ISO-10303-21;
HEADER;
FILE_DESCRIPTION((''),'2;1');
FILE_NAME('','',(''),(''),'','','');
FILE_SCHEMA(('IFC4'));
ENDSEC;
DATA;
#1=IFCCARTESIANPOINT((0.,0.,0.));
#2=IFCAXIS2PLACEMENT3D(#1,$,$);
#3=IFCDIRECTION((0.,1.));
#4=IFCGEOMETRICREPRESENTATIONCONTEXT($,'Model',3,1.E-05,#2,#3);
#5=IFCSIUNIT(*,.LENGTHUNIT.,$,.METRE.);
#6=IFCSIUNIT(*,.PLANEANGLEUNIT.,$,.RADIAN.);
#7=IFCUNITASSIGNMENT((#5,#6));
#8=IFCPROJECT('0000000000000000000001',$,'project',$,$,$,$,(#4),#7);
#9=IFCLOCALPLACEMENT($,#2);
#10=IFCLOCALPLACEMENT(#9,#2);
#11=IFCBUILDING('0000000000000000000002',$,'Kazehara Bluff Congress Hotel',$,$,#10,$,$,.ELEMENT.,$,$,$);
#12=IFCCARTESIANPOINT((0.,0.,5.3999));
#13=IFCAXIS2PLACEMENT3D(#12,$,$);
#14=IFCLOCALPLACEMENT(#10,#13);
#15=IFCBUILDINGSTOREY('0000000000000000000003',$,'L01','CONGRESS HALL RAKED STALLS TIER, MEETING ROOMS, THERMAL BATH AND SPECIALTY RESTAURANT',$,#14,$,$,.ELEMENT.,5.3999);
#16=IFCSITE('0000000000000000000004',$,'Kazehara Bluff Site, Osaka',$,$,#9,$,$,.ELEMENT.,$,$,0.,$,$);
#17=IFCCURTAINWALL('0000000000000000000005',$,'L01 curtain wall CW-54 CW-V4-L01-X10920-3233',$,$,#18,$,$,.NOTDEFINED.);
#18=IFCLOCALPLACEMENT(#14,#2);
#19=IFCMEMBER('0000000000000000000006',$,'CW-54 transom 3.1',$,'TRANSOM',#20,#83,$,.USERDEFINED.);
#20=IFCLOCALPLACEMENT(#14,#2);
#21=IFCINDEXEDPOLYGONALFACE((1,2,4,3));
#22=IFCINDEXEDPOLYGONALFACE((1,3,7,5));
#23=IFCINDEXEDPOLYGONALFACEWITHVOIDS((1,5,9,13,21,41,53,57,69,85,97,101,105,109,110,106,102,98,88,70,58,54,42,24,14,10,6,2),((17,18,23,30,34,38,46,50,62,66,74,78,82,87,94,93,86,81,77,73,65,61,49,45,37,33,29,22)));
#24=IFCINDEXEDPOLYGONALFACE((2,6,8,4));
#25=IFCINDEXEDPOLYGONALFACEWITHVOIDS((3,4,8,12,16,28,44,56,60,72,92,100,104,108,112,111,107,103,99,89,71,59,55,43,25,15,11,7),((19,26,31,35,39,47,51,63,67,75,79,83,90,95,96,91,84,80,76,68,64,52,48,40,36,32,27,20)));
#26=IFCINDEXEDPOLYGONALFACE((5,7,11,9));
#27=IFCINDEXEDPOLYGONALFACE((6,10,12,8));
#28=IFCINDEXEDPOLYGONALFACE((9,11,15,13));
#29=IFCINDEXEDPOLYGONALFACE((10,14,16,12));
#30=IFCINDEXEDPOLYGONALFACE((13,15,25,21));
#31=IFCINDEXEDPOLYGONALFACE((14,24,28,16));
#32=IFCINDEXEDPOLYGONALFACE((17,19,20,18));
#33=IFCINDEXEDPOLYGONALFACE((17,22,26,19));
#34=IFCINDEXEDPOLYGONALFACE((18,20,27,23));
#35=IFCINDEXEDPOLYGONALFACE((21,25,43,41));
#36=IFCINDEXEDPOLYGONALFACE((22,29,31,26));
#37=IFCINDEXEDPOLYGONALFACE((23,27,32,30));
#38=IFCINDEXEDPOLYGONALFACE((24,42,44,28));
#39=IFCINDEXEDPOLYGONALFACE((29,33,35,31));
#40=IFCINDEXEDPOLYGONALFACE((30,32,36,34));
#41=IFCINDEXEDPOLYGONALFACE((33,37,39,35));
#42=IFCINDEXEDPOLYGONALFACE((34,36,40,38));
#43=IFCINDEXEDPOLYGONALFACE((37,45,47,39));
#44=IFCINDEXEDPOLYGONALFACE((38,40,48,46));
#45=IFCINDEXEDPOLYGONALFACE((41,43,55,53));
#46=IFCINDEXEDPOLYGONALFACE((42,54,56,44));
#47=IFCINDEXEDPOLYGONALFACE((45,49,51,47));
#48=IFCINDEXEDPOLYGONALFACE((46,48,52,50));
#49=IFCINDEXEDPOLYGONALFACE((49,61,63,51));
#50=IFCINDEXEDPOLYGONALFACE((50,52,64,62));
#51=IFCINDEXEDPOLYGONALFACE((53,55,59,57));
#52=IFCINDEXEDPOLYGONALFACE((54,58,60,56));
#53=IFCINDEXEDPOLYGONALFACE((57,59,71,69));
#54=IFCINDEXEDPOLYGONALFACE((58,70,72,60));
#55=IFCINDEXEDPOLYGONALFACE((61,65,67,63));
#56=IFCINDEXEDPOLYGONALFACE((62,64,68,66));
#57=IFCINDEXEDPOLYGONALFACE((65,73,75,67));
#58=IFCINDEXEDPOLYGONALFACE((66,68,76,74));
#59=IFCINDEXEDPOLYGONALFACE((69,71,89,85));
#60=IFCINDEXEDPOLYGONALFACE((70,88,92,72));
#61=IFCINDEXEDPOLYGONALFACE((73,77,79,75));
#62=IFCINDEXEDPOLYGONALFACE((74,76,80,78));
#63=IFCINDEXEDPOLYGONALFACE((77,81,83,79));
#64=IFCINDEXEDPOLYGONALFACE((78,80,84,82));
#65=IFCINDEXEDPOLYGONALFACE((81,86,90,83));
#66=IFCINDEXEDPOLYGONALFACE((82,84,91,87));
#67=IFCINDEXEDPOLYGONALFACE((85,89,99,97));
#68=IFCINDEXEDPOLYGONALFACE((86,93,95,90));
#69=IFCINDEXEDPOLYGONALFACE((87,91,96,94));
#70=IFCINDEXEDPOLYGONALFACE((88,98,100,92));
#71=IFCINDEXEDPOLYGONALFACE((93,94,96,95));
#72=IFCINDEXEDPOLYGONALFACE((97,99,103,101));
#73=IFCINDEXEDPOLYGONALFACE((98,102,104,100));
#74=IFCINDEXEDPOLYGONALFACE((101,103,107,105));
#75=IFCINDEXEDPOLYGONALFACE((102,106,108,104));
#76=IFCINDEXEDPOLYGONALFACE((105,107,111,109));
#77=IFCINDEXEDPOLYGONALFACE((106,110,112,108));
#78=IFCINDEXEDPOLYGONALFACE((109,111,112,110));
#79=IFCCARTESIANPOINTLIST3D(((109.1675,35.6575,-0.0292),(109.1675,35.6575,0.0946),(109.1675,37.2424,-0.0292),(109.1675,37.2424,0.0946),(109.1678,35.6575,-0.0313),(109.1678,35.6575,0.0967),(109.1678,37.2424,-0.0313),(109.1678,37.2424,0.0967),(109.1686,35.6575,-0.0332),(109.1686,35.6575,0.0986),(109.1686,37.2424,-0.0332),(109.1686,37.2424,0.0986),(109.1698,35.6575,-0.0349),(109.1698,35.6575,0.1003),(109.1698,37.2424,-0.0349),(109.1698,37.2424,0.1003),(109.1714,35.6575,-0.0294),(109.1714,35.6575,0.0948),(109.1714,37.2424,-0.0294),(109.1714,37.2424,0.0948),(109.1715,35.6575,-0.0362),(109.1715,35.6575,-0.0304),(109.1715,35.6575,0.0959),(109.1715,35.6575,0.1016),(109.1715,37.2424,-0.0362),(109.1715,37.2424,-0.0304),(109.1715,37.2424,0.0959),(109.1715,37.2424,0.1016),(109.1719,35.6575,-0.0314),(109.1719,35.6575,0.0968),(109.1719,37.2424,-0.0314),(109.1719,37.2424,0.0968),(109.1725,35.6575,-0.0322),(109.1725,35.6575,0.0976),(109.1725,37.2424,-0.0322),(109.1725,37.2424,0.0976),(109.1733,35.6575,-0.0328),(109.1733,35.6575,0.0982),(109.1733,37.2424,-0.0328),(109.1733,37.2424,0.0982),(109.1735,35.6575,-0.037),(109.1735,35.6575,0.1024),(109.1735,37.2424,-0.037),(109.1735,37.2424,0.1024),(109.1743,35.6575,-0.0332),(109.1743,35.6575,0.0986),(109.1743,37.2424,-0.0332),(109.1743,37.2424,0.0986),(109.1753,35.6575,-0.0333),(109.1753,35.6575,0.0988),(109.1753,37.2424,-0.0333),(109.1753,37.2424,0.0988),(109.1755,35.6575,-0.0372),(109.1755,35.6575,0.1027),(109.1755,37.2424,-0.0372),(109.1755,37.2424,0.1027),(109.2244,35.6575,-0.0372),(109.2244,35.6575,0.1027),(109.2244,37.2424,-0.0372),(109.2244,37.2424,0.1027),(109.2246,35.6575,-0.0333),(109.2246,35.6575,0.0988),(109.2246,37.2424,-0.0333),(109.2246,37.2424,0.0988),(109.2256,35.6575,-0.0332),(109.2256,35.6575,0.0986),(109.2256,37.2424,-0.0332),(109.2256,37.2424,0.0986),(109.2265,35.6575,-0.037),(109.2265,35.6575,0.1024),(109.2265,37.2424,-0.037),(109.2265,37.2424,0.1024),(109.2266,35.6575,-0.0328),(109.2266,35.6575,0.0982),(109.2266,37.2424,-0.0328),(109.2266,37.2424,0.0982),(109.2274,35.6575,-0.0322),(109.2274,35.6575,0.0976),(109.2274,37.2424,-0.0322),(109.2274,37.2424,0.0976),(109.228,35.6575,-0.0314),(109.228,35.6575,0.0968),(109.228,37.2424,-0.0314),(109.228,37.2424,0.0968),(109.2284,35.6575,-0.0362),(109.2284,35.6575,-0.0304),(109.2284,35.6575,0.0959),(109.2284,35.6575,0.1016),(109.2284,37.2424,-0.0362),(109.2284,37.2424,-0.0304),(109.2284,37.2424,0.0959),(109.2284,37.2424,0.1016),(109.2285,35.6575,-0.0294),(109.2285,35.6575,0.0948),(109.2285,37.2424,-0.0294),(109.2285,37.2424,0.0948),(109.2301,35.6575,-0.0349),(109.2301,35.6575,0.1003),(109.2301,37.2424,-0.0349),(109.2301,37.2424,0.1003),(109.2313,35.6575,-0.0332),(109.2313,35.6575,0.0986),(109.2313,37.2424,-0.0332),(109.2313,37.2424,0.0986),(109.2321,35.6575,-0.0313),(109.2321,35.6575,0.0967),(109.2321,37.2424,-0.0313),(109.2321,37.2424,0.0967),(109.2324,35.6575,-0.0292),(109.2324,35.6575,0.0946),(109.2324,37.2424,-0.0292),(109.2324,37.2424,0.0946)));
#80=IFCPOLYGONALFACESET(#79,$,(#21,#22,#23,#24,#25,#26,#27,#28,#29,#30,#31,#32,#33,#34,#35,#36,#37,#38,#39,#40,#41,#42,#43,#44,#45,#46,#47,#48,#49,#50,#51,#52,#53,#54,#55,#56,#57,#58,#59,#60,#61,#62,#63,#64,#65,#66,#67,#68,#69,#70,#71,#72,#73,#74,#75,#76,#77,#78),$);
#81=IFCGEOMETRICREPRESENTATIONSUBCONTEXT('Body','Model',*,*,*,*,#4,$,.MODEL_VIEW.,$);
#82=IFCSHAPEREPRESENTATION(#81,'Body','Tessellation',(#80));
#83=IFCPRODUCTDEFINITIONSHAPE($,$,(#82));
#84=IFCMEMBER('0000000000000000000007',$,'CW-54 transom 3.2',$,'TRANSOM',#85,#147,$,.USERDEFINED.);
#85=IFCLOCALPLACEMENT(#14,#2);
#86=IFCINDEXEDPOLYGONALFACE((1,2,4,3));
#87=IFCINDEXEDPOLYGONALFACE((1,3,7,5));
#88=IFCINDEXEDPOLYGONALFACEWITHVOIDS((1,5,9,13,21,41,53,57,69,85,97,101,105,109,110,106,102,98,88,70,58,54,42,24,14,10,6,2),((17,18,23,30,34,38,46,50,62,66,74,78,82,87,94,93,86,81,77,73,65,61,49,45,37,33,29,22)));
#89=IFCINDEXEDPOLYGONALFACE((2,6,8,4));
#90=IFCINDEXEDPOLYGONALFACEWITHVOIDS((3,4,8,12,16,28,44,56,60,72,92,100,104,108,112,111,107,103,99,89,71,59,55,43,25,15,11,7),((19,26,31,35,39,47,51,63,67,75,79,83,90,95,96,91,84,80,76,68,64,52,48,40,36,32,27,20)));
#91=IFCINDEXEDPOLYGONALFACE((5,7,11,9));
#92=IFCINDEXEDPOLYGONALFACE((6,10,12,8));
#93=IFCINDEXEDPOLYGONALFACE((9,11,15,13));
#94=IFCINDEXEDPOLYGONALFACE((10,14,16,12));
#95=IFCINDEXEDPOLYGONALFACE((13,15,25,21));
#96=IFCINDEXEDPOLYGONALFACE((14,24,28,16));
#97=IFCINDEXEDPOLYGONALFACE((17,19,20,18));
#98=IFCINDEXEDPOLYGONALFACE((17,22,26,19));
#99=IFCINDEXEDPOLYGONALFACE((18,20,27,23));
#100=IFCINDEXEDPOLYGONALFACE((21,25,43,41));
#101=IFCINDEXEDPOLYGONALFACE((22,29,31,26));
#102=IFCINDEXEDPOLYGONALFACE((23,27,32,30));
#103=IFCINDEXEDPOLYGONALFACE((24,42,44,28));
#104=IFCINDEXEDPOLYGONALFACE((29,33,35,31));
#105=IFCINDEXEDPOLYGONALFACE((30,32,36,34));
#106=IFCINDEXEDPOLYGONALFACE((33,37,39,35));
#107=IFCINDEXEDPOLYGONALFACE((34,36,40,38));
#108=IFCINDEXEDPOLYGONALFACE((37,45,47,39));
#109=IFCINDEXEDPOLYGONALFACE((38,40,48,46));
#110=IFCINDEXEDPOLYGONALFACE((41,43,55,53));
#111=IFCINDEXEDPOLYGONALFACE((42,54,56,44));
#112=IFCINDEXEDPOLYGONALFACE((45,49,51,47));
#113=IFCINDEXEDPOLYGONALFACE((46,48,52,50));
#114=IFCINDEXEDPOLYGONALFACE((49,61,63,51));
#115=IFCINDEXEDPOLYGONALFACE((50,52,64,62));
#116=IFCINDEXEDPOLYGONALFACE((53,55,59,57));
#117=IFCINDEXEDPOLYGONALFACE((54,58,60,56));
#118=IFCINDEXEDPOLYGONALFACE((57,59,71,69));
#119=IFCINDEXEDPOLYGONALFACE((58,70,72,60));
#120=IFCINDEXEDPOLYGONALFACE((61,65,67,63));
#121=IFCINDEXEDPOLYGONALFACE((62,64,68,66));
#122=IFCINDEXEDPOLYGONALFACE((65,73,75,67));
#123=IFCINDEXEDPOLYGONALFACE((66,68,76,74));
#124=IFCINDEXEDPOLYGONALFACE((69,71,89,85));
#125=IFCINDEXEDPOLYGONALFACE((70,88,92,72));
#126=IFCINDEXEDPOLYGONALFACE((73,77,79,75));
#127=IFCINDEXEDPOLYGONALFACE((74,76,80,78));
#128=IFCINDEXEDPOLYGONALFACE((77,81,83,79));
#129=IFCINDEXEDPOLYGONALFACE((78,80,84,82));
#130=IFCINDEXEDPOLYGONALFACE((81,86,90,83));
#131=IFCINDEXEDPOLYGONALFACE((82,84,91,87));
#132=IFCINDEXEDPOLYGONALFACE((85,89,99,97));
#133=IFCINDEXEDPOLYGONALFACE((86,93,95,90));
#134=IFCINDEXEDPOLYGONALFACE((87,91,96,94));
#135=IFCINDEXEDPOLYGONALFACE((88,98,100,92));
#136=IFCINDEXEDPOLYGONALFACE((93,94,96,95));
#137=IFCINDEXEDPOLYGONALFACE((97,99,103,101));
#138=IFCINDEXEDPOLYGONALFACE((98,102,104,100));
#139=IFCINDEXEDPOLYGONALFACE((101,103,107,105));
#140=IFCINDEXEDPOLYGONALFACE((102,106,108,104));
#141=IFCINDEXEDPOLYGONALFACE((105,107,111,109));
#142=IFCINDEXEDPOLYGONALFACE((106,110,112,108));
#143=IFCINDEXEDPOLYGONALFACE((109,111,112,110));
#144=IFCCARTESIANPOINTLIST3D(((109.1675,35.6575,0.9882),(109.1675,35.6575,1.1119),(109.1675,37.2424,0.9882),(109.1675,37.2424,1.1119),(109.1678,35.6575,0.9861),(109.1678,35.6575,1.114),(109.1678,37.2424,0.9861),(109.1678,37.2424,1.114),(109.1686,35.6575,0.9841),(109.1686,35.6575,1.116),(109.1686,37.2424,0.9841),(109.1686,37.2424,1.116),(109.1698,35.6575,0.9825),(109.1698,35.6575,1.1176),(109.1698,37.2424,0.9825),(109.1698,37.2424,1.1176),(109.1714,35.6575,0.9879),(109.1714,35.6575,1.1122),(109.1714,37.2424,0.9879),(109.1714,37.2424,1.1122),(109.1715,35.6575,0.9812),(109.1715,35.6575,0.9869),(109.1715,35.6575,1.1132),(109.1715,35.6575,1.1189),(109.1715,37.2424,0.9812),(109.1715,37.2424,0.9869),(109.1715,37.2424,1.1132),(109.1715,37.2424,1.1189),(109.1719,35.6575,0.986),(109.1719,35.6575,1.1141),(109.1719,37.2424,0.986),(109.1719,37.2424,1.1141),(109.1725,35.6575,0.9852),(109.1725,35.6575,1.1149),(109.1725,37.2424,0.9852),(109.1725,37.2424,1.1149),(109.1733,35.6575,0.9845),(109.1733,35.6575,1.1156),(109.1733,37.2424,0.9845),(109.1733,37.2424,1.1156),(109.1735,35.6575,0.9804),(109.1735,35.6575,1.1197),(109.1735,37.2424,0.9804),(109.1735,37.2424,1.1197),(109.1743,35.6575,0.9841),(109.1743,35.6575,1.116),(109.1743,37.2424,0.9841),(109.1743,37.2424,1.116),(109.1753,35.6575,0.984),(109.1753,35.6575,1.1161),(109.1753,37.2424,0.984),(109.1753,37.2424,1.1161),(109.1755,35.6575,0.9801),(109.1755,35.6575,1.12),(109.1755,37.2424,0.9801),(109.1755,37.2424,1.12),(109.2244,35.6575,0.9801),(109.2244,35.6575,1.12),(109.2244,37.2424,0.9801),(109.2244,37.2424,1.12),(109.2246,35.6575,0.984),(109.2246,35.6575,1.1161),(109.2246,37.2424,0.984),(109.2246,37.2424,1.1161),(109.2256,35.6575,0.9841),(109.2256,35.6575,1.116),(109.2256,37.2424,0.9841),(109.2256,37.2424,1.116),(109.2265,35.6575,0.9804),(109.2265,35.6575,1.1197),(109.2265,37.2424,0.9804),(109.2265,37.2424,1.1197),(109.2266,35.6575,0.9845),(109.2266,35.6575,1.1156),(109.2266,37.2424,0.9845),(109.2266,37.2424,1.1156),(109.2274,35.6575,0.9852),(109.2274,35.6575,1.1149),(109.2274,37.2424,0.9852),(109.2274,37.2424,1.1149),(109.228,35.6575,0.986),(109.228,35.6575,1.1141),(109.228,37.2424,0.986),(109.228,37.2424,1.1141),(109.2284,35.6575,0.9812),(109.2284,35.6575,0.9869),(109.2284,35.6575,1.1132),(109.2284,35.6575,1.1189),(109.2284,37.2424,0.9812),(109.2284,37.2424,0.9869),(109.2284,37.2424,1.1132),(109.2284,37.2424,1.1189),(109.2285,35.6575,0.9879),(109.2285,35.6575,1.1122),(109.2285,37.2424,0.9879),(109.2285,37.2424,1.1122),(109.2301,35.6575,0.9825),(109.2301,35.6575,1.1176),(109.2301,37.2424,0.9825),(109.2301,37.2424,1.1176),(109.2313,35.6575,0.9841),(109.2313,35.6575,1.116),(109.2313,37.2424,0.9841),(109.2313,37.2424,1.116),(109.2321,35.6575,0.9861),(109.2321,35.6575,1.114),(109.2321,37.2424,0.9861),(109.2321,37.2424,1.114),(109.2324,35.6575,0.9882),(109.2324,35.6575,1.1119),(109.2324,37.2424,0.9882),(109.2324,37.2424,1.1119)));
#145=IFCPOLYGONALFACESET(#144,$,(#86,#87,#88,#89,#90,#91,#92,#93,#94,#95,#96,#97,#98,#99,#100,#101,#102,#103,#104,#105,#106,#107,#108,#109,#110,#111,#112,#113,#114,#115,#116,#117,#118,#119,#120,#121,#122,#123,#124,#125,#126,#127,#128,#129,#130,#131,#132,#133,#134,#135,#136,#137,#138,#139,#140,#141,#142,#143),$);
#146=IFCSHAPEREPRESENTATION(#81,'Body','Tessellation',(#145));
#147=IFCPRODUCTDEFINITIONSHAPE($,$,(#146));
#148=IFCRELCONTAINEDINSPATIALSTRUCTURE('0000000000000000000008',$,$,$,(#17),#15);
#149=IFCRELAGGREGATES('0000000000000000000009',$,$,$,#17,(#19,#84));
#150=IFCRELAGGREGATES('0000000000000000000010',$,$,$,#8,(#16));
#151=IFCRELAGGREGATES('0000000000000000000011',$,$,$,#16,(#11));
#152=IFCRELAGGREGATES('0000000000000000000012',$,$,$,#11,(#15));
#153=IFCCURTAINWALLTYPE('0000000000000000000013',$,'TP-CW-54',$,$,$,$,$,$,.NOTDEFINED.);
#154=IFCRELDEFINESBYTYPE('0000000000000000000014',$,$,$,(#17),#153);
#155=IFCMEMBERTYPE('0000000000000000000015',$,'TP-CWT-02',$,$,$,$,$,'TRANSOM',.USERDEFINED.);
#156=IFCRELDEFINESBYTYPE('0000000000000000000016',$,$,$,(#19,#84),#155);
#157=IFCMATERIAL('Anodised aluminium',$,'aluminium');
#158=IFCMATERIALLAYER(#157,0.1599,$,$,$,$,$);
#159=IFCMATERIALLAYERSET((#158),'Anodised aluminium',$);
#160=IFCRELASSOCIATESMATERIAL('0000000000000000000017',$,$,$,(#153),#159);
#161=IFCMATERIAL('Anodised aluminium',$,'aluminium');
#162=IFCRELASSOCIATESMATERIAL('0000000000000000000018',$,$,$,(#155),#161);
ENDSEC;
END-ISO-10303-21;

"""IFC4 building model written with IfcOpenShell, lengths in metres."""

from ifc_helpers import new_model, si_unit, direction, frame, origin, origin_2d, place, context, subcontext, project, spatial, hollow_rectangle, extrude, material, layer, layer_set, material_profile, profile_set, type_object, element, aggregate, save


model = new_model("IFC4")

# Units and contexts
model_context = context("Model", 3, precision=1e-05, world=origin(), true_north=direction((0.0, 1.0)))
body_context = subcontext(model_context, "Body", "Model", "MODEL_VIEW")
ifc_project = project(units=[si_unit("LENGTHUNIT", "METRE"), si_unit("PLANEANGLEUNIT", "RADIAN")], contexts=[model_context])

# Site, building, storey
site_placement = place(None, origin())
site = spatial("IfcSite", under=ifc_project, at=site_placement, Name="Kazehara Bluff Site, Osaka", CompositionType="ELEMENT", RefElevation=0.0)
building_placement = place(site_placement, origin())
building = spatial("IfcBuilding", under=site, at=building_placement, Name="Kazehara Bluff Congress Hotel", CompositionType="ELEMENT")
storey_placement = place(building_placement, frame((0.0, 0.0, 5.3999)))
storey = spatial("IfcBuildingStorey", under=building, at=storey_placement, Name="L01", Description="CONGRESS HALL RAKED STALLS TIER, MEETING ROOMS, THERMAL BATH AND SPECIALTY RESTAURANT", CompositionType="ELEMENT", Elevation=5.3999)

# Curtain wall, members
ifc_material_1 = material(Name="Anodised aluminium", Category="aluminium")
ifc_layer_1 = layer(ifc_material_1, 0.1599)
ifc_layer_set_1 = layer_set([ifc_layer_1], Name="Anodised aluminium")
curtain_wall_type_1 = type_object("IfcCurtainWallType", Name="TP-CW-54", PredefinedType="NOTDEFINED", material=ifc_layer_set_1)
curtain_wall_1_placement = place(storey_placement, origin())
curtain_wall_1 = element("IfcCurtainWall", 1, at=curtain_wall_1_placement, inside=storey, type_object=curtain_wall_type_1, Name="L01 curtain wall CW-54 CW-V4-L01-X10920-3233", PredefinedType="NOTDEFINED")
ifc_material_2 = material(Name="Anodised aluminium", Category="aluminium")
ifc_material_profile_1 = material_profile(ifc_material_2, hollow_rectangle(XDim=0.0649, YDim=0.1399, WallThickness=0.0039, InnerFilletRadius=0.0039, OuterFilletRadius=0.0081, at=origin_2d()))
ifc_profile_set_1 = profile_set([ifc_material_profile_1], Name="Anodised aluminium")
member_type_1 = type_object("IfcMemberType", Name="TP-CWT-02", ElementType="TRANSOM", PredefinedType="USERDEFINED", material=ifc_profile_set_1)
member_1_placement = place(storey_placement, frame((109.2, 35.6575, 0.0327), z_axis=(0.0, 1.0, 0.0), x_axis=(-1.0, 0.0, 0.0)))
member_1 = element("IfcMember", 2, at=member_1_placement, type_object=member_type_1, Name="CW-54 transom 3.1", ObjectType="TRANSOM", PredefinedType="USERDEFINED", context=body_context, shape_type="SweptSolid", body=[
    extrude(hollow_rectangle(XDim=0.0649, YDim=0.1399, WallThickness=0.0039, InnerFilletRadius=0.0039, OuterFilletRadius=0.0081, at=origin_2d()), origin(), (0.0, 0.0, 1.0), 1.585),
])
member_2_placement = place(storey_placement, frame((109.2, 35.6575, 1.05), z_axis=(0.0, 1.0, 0.0), x_axis=(-1.0, 0.0, 0.0)))
member_2 = element("IfcMember", 3, at=member_2_placement, type_object=member_type_1, Name="CW-54 transom 3.2", ObjectType="TRANSOM", PredefinedType="USERDEFINED", context=body_context, shape_type="SweptSolid", body=[
    extrude(hollow_rectangle(XDim=0.0649, YDim=0.1399, WallThickness=0.0039, InnerFilletRadius=0.0039, OuterFilletRadius=0.0081, at=origin_2d()), origin(), (0.0, 0.0, 1.0), 1.585),
])

aggregate(curtain_wall_1, [member_1, member_2])

save(model, "model.ifc")
